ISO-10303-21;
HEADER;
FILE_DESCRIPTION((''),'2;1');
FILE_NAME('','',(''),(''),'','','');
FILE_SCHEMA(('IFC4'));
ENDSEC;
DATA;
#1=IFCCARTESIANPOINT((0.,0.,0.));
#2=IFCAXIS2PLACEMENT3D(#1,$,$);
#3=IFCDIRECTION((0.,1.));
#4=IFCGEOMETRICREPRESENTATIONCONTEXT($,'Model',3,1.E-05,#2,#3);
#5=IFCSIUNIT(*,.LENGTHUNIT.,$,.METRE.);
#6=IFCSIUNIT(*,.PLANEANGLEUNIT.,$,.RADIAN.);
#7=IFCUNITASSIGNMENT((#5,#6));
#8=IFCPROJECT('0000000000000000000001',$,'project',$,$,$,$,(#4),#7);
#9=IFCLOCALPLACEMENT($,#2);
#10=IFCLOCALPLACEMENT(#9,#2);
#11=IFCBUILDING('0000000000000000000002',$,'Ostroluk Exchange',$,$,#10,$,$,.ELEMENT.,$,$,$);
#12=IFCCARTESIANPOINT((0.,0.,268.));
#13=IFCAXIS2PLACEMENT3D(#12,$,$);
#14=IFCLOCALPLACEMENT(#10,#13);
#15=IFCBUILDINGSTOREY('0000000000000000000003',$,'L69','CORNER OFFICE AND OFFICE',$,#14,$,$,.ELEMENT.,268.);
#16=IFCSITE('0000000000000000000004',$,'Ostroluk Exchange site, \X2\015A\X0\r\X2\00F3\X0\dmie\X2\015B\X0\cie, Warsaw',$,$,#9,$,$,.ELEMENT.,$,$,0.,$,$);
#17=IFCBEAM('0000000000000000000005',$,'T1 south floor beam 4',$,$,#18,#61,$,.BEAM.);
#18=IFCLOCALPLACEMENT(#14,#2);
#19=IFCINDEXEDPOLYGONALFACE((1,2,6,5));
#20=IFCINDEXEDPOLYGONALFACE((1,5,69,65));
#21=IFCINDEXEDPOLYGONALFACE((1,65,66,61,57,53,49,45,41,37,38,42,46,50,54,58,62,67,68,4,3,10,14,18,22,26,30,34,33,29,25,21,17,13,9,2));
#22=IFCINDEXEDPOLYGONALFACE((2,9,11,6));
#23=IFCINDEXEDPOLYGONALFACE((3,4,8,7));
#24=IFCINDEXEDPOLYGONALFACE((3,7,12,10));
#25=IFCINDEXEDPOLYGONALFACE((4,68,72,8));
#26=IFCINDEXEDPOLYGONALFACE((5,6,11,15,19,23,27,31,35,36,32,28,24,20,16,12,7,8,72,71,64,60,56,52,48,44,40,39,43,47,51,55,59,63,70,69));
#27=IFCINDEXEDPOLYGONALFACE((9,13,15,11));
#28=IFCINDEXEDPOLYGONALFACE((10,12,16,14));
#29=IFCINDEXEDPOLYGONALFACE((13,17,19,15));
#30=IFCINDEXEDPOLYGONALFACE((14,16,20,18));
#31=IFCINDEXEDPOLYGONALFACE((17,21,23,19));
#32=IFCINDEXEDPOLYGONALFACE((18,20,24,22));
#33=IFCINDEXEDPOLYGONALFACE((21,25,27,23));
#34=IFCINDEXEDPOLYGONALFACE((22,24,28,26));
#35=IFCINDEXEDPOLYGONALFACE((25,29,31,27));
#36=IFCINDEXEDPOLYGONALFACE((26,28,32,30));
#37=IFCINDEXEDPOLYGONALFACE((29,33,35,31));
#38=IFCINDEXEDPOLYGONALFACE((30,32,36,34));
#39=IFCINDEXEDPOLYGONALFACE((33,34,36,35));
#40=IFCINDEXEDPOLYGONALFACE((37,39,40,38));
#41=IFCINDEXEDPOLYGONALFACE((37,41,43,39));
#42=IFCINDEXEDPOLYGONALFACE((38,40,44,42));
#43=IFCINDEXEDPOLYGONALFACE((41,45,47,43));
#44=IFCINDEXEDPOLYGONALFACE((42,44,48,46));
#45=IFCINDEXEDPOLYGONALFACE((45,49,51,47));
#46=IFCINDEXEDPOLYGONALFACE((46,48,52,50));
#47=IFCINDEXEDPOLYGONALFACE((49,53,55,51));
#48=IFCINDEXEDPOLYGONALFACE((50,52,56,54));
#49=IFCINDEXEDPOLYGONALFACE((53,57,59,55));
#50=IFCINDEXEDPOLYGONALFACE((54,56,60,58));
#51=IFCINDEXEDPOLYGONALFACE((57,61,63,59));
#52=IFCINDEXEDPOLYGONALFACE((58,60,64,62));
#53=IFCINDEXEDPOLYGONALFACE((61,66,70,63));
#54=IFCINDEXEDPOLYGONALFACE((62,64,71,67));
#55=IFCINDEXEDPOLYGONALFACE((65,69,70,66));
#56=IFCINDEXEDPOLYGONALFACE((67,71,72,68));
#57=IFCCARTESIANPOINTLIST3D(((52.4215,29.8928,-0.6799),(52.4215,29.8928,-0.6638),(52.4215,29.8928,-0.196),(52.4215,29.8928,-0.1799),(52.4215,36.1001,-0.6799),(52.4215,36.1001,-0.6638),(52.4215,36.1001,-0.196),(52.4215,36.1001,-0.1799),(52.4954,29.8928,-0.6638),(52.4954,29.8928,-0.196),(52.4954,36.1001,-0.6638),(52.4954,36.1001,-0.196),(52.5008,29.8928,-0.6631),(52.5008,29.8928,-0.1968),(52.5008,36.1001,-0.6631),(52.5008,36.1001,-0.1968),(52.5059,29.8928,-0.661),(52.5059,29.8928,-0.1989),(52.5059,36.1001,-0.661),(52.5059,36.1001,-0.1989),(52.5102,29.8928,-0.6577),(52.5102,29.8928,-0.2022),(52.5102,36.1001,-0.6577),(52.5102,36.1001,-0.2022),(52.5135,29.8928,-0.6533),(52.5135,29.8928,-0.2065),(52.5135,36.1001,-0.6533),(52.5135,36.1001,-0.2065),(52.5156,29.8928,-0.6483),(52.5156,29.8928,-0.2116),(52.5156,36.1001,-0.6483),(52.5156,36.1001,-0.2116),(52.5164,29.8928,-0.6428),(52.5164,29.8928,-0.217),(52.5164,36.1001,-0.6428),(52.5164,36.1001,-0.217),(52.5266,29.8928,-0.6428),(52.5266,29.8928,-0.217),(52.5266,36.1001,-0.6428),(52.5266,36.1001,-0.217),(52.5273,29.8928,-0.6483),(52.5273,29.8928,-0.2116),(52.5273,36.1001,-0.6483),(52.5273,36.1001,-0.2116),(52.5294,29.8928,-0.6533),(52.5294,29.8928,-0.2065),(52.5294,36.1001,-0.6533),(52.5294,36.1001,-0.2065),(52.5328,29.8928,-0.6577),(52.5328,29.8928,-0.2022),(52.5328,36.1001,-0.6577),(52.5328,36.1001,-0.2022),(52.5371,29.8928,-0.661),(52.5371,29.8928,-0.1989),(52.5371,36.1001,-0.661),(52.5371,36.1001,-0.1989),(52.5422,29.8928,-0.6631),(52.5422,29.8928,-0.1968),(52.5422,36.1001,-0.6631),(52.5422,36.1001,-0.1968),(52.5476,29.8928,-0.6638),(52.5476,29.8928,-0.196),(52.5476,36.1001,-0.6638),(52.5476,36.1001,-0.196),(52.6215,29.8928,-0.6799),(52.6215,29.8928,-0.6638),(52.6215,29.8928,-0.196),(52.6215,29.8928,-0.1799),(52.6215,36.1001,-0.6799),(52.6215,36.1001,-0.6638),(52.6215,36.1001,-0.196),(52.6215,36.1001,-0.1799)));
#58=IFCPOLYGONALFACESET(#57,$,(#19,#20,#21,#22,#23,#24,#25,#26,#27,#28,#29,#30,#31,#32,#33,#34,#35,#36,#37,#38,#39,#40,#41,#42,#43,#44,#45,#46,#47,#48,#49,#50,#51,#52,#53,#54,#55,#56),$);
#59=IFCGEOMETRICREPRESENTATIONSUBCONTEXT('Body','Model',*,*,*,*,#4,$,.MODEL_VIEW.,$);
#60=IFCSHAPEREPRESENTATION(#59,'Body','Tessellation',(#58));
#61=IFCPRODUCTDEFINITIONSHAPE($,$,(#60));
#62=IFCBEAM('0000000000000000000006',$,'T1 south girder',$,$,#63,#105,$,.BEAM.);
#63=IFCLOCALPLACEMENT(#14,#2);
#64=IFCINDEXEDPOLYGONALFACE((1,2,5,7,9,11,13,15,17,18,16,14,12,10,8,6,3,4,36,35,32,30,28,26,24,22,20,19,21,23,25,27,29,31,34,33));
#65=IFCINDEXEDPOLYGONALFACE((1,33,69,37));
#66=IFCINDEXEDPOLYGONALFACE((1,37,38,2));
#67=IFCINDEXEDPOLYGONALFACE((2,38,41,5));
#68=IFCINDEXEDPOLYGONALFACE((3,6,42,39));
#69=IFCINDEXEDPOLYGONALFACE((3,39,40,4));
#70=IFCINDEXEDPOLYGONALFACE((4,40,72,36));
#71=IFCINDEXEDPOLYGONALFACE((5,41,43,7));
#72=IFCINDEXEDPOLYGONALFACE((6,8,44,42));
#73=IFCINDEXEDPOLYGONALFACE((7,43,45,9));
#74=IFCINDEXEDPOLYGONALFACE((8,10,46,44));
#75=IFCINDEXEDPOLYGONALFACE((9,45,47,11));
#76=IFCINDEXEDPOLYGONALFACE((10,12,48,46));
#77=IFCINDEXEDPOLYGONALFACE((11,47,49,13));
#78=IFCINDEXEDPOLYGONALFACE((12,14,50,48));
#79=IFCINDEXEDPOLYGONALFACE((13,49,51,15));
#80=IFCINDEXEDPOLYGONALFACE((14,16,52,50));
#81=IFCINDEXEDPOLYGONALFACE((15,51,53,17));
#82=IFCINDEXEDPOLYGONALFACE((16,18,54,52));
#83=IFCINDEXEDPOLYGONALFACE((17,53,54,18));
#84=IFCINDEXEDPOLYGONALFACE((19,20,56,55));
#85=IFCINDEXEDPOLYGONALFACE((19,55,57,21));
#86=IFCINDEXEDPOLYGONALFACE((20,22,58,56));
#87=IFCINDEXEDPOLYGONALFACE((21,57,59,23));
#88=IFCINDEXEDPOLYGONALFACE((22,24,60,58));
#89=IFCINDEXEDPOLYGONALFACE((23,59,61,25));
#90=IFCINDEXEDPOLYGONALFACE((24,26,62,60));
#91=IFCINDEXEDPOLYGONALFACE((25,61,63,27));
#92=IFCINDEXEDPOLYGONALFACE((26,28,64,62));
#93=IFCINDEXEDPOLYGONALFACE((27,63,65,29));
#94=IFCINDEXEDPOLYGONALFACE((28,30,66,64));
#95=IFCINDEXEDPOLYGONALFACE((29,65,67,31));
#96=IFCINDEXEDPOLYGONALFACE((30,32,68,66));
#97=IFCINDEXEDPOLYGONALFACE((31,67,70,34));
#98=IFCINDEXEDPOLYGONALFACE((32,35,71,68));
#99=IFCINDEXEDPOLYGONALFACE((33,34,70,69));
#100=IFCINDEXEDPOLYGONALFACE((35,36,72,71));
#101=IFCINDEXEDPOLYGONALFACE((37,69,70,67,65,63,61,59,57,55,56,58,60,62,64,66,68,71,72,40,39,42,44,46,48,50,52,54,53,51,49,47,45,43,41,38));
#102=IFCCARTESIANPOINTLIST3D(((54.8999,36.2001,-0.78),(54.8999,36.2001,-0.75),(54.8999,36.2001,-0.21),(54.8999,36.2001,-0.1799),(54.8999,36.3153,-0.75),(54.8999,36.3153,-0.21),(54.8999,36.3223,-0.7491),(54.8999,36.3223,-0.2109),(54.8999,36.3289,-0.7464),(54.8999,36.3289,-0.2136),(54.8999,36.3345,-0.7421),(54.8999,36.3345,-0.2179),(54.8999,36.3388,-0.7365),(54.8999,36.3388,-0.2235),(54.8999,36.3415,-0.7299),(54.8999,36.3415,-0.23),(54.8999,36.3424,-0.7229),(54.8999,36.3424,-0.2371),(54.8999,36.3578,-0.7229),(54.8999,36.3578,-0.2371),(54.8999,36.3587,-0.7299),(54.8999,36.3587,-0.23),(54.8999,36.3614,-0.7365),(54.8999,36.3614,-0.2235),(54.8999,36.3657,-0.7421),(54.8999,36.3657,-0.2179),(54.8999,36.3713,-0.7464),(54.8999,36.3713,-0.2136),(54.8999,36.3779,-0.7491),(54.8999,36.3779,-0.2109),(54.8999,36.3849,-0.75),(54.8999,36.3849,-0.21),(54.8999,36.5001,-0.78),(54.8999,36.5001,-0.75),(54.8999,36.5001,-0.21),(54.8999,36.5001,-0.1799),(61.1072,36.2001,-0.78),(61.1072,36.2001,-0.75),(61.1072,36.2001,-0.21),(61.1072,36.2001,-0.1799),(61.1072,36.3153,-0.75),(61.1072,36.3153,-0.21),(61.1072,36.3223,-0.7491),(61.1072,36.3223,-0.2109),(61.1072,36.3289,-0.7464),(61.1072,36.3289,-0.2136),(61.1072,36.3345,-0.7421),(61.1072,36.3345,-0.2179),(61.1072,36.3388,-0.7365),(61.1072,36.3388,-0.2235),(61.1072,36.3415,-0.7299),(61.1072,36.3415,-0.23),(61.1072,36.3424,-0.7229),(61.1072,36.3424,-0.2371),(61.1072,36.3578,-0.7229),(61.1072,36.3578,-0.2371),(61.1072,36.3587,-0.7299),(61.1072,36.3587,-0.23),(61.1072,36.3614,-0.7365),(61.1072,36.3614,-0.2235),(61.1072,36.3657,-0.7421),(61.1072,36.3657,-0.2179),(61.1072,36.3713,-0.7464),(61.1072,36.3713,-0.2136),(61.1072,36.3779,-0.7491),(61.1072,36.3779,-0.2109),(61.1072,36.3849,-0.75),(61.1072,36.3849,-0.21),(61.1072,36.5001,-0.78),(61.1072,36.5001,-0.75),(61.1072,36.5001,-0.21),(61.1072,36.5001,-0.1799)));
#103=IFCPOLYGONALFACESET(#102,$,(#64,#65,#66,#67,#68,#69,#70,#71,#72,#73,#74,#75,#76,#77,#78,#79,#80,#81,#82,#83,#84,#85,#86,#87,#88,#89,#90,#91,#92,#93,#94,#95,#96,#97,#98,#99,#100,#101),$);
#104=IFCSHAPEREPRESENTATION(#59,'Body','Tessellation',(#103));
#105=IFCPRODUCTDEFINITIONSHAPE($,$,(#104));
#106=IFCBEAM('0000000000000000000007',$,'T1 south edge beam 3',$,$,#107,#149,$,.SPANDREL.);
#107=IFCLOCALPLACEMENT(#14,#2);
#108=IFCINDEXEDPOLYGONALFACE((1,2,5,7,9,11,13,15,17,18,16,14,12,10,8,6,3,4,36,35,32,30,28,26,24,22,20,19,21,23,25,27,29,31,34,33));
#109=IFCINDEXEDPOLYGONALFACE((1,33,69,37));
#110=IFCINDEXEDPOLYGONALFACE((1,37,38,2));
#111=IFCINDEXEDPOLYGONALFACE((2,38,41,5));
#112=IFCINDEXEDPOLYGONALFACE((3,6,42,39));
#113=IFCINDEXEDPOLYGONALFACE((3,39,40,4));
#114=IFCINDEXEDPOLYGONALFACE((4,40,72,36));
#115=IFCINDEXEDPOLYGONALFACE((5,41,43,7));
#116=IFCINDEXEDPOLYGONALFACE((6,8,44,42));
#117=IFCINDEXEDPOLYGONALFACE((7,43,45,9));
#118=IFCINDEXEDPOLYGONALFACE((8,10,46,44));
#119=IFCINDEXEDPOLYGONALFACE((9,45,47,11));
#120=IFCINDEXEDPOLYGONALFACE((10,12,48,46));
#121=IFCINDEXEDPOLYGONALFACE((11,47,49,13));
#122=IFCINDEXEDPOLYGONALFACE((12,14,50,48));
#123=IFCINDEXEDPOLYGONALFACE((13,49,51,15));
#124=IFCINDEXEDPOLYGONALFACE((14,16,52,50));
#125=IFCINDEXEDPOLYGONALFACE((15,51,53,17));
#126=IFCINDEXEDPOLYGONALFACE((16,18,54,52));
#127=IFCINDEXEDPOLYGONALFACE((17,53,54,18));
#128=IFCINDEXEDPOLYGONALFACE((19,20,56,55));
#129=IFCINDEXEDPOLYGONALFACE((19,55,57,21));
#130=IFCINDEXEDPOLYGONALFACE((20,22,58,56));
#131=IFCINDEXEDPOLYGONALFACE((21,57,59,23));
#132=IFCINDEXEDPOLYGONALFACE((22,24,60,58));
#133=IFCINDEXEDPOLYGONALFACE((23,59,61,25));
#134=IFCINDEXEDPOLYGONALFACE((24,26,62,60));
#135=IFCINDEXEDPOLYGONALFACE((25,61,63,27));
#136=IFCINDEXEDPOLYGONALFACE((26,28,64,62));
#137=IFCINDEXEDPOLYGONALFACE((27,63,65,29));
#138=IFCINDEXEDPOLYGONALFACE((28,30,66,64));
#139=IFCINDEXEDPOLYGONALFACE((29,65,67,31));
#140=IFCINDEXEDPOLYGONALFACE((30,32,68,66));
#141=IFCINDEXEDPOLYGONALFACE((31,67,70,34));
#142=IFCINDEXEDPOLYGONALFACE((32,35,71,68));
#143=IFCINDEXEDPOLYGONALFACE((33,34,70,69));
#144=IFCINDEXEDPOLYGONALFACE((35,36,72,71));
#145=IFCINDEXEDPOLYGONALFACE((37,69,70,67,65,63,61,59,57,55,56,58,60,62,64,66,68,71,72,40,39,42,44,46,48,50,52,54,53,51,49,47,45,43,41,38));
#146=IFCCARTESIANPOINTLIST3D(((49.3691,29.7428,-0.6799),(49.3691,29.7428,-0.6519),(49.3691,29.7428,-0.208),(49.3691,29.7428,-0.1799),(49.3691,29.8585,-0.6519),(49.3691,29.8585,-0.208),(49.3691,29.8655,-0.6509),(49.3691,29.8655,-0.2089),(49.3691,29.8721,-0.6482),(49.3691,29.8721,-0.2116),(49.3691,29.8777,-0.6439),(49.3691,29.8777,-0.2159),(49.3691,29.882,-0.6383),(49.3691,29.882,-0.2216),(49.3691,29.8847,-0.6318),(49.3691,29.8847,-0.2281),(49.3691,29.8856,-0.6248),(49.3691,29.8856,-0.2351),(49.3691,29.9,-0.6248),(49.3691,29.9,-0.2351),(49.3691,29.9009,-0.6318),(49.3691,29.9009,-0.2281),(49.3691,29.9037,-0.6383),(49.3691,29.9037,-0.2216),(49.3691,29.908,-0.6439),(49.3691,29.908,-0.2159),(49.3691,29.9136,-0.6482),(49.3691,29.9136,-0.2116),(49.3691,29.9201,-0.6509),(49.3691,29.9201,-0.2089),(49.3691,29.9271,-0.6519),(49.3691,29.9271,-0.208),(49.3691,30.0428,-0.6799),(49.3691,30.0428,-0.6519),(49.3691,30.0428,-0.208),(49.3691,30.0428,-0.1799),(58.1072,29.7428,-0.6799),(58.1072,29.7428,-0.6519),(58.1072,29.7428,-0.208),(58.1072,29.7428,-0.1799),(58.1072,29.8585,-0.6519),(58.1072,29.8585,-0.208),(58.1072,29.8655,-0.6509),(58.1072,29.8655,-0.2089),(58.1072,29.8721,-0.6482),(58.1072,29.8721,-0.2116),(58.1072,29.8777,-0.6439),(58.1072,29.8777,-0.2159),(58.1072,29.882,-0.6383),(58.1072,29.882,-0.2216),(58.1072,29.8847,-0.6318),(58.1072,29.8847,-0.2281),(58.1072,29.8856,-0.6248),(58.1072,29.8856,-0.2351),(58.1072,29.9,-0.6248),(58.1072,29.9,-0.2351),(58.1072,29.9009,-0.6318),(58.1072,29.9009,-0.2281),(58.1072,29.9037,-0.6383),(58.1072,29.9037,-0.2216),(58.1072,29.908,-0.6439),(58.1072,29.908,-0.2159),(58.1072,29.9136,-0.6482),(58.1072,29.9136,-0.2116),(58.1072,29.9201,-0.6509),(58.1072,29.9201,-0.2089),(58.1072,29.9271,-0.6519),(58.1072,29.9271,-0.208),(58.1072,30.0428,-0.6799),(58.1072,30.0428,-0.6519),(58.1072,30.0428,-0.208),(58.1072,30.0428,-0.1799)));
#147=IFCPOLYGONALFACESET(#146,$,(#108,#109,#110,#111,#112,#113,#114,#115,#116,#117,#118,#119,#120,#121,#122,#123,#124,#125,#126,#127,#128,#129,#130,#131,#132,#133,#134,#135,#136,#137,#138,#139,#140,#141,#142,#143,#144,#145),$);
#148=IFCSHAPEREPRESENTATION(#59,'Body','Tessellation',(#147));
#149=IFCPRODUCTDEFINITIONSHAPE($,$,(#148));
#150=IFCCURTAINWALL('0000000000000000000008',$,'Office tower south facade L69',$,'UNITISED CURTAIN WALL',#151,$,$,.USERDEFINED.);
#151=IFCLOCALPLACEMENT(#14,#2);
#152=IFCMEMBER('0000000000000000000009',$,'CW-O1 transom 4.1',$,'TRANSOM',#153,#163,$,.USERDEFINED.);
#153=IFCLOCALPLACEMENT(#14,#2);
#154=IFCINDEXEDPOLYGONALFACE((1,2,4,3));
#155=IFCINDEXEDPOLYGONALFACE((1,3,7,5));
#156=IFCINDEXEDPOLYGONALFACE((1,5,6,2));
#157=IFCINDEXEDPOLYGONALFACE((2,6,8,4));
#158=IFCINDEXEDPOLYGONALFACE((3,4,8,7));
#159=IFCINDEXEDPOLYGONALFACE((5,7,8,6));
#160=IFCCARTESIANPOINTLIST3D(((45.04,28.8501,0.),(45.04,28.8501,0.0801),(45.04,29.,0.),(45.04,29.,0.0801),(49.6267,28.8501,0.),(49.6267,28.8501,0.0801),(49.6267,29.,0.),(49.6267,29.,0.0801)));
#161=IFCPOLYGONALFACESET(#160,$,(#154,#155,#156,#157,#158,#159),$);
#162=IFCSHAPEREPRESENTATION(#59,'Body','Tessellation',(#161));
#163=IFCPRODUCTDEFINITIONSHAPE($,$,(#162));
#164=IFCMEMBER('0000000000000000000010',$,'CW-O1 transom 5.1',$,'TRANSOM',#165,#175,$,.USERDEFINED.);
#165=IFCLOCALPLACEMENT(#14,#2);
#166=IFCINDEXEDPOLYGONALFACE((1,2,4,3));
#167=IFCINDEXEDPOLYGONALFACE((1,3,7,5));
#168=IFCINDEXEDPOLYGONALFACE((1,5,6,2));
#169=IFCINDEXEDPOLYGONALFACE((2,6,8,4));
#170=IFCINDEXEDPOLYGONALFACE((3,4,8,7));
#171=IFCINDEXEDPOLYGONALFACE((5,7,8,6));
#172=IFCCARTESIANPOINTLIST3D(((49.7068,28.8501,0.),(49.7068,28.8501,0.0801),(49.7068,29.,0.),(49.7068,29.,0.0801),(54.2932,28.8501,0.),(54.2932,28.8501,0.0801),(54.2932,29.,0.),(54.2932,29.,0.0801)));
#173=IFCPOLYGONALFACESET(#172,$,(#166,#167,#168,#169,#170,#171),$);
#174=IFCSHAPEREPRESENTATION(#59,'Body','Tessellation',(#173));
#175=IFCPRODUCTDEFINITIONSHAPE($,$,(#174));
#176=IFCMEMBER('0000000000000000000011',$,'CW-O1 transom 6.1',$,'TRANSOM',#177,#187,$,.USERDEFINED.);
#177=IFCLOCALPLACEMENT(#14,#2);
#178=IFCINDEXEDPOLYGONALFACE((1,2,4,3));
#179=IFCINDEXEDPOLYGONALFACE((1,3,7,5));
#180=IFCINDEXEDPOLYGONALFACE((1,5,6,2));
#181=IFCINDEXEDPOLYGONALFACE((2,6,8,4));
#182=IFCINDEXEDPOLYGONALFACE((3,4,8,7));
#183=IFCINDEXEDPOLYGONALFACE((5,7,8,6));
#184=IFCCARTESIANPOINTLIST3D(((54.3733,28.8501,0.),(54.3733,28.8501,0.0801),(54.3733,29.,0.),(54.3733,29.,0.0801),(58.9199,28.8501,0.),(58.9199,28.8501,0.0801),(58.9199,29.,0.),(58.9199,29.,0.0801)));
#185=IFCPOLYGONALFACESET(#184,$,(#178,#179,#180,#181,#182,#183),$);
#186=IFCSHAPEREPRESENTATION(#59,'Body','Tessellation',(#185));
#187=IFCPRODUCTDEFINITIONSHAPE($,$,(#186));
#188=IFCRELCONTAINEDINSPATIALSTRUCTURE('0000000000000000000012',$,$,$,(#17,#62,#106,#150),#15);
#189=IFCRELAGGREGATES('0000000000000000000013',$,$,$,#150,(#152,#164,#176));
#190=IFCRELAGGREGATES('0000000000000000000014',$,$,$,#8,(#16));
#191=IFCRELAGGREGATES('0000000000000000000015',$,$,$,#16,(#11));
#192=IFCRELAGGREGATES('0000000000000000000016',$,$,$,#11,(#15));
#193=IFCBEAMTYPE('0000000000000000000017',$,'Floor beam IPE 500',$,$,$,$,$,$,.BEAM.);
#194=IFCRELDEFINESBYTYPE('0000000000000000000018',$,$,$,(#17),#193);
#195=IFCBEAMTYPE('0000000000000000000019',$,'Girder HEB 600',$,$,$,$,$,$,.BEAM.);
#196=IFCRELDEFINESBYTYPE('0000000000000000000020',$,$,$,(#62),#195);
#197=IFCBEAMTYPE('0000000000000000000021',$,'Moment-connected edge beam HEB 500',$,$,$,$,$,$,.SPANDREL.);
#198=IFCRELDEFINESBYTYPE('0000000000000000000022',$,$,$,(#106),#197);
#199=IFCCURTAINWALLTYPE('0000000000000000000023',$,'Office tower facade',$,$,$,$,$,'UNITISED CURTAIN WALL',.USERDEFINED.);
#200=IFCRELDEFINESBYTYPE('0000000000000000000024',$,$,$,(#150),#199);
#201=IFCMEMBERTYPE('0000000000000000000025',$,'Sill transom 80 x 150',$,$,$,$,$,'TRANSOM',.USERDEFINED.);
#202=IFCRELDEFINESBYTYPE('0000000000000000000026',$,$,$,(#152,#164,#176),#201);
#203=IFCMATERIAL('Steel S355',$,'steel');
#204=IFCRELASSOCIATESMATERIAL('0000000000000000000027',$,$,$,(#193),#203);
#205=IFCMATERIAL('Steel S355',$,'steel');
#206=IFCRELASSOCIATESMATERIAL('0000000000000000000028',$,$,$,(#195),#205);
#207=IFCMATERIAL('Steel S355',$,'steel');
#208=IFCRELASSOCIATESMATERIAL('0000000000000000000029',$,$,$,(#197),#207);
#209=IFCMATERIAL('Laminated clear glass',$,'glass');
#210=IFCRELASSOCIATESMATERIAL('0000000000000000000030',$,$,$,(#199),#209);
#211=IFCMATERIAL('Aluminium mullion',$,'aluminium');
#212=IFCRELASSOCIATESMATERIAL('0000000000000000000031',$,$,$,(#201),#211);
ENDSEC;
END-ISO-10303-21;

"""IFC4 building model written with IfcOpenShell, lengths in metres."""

from ifc_helpers import new_model, si_unit, direction, frame, origin, origin_2d, place, context, subcontext, project, spatial, rectangle, i_section, extrude, material, material_profile, profile_set, type_object, element, aggregate, save


model = new_model("IFC4")

# Units and contexts
model_context = context("Model", 3, precision=1e-05, world=origin(), true_north=direction((0.0, 1.0)))
body_context = subcontext(model_context, "Body", "Model", "MODEL_VIEW")
ifc_project = project(units=[si_unit("LENGTHUNIT", "METRE"), si_unit("PLANEANGLEUNIT", "RADIAN")], contexts=[model_context])

# Site, building, storey
site_placement = place(None, origin())
site = spatial("IfcSite", under=ifc_project, at=site_placement, Name="Ostroluk Exchange site, Śródmieście, Warsaw", CompositionType="ELEMENT", RefElevation=0.0)
building_placement = place(site_placement, origin())
building = spatial("IfcBuilding", under=site, at=building_placement, Name="Ostroluk Exchange", CompositionType="ELEMENT")
storey_placement = place(building_placement, frame((0.0, 0.0, 268.0)))
storey = spatial("IfcBuildingStorey", under=building, at=storey_placement, Name="L69", Description="CORNER OFFICE AND OFFICE", CompositionType="ELEMENT", Elevation=268.0)

# Beams
ifc_material_1 = material(Name="Steel S355", Category="steel")
ifc_material_profile_1 = material_profile(ifc_material_1, i_section(OverallWidth=0.2, OverallDepth=0.5, WebThickness=0.0103, FlangeThickness=0.0161, FilletRadius=0.021, at=origin_2d()), Name="IPE 500")
ifc_profile_set_1 = profile_set([ifc_material_profile_1], Name="Steel S355")
beam_type_1 = type_object("IfcBeamType", Name="Floor beam IPE 500", PredefinedType="BEAM", material=ifc_profile_set_1)
for number, where, z_axis, x_axis, name in (
    (1, (52.5215, 36.1001, -0.4299), (0.0, -1.0, 0.0), (1.0, 0.0, 0.0), "T1 south floor beam 4"),
):
    element("IfcBeam", number, at=place(storey_placement, frame(where, z_axis=z_axis, x_axis=x_axis)), inside=storey, type_object=beam_type_1, Name=name, PredefinedType="BEAM", context=body_context, shape_type="SweptSolid", body=[
        extrude(i_section(OverallWidth=0.2, OverallDepth=0.5, WebThickness=0.0103, FlangeThickness=0.0161, FilletRadius=0.021, at=origin_2d()), origin(), (0.0, 0.0, 1.0), 6.2073),
    ])
ifc_material_2 = material(Name="Steel S355", Category="steel")
ifc_material_profile_2 = material_profile(ifc_material_2, i_section(OverallWidth=0.3, OverallDepth=0.6001, WebThickness=0.0154, FlangeThickness=0.03, FilletRadius=0.0271, at=origin_2d()), Name="HEB 600")
ifc_profile_set_2 = profile_set([ifc_material_profile_2], Name="Steel S355")
beam_type_2 = type_object("IfcBeamType", Name="Girder HEB 600", PredefinedType="BEAM", material=ifc_profile_set_2)
beam_1_placement = place(storey_placement, frame((54.8999, 36.3501, -0.48), z_axis=(1.0, 0.0, 0.0), x_axis=(0.0, 1.0, 0.0)))
element("IfcBeam", 2, at=beam_1_placement, inside=storey, type_object=beam_type_2, Name="T1 south girder", PredefinedType="BEAM", context=body_context, shape_type="SweptSolid", body=[
    extrude(i_section(OverallWidth=0.3, OverallDepth=0.6001, WebThickness=0.0154, FlangeThickness=0.03, FilletRadius=0.0271, at=origin_2d()), origin(), (0.0, 0.0, 1.0), 6.2073),
])
ifc_material_3 = material(Name="Steel S355", Category="steel")
ifc_material_profile_3 = material_profile(ifc_material_3, i_section(OverallWidth=0.3, OverallDepth=0.5, WebThickness=0.0144, FlangeThickness=0.0281, FilletRadius=0.0271, at=origin_2d()), Name="HEB 500")
ifc_profile_set_3 = profile_set([ifc_material_profile_3], Name="Steel S355")
beam_type_3 = type_object("IfcBeamType", Name="Moment-connected edge beam HEB 500", PredefinedType="SPANDREL", material=ifc_profile_set_3)
beam_2_placement = place(storey_placement, frame((49.3691, 29.8928, -0.4299), z_axis=(1.0, 0.0, 0.0), x_axis=(0.0, 1.0, 0.0)))
element("IfcBeam", 3, at=beam_2_placement, inside=storey, type_object=beam_type_3, Name="T1 south edge beam 3", PredefinedType="SPANDREL", context=body_context, shape_type="SweptSolid", body=[
    extrude(i_section(OverallWidth=0.3, OverallDepth=0.5, WebThickness=0.0144, FlangeThickness=0.0281, FilletRadius=0.0271, at=origin_2d()), origin(), (0.0, 0.0, 1.0), 8.738),
])

# Curtain wall, members
ifc_material_4 = material(Name="Laminated clear glass", Category="glass")
curtain_wall_type = type_object("IfcCurtainWallType", Name="Office tower facade", ElementType="UNITISED CURTAIN WALL", PredefinedType="USERDEFINED", material=ifc_material_4)
curtain_wall_placement = place(storey_placement, origin())
curtain_wall = element("IfcCurtainWall", 4, at=curtain_wall_placement, inside=storey, type_object=curtain_wall_type, Name="Office tower south facade L69", ObjectType="UNITISED CURTAIN WALL", PredefinedType="USERDEFINED")
ifc_material_5 = material(Name="Aluminium mullion", Category="aluminium")
ifc_material_profile_4 = material_profile(ifc_material_5, rectangle(XDim=0.1499, YDim=0.0801, at=origin_2d()), Name="Sill transom 80 x 150")
ifc_profile_set_4 = profile_set([ifc_material_profile_4], Name="Aluminium mullion")
member_type_1 = type_object("IfcMemberType", Name="Sill transom 80 x 150", ElementType="TRANSOM", PredefinedType="USERDEFINED", material=ifc_profile_set_4)
member_1_placement = place(storey_placement, frame((45.04, 28.925, 0.04), z_axis=(1.0, 0.0, 0.0), x_axis=(0.0, 1.0, 0.0)))
member_1 = element("IfcMember", 5, at=member_1_placement, type_object=member_type_1, Name="CW-O1 transom 4.1", ObjectType="TRANSOM", PredefinedType="USERDEFINED", context=body_context, shape_type="SweptSolid", body=[
    extrude(rectangle(XDim=0.1499, YDim=0.0801, at=origin_2d()), origin(), (0.0, 0.0, 1.0), 4.5867),
])
member_2_placement = place(storey_placement, frame((49.7068, 28.925, 0.04), z_axis=(1.0, 0.0, 0.0), x_axis=(0.0, 1.0, 0.0)))
member_2 = element("IfcMember", 6, at=member_2_placement, type_object=member_type_1, Name="CW-O1 transom 5.1", ObjectType="TRANSOM", PredefinedType="USERDEFINED", context=body_context, shape_type="SweptSolid", body=[
    extrude(rectangle(XDim=0.1499, YDim=0.0801, at=origin_2d()), origin(), (0.0, 0.0, 1.0), 4.5864),
])
member_3_placement = place(storey_placement, frame((54.3733, 28.925, 0.04), z_axis=(1.0, 0.0, 0.0), x_axis=(0.0, 1.0, 0.0)))
member_3 = element("IfcMember", 7, at=member_3_placement, type_object=member_type_1, Name="CW-O1 transom 6.1", ObjectType="TRANSOM", PredefinedType="USERDEFINED", context=body_context, shape_type="SweptSolid", body=[
    extrude(rectangle(XDim=0.1499, YDim=0.0801, at=origin_2d()), origin(), (0.0, 0.0, 1.0), 4.5466),
])
aggregate(curtain_wall, [member_1, member_2, member_3])

save(model, "model.ifc")
